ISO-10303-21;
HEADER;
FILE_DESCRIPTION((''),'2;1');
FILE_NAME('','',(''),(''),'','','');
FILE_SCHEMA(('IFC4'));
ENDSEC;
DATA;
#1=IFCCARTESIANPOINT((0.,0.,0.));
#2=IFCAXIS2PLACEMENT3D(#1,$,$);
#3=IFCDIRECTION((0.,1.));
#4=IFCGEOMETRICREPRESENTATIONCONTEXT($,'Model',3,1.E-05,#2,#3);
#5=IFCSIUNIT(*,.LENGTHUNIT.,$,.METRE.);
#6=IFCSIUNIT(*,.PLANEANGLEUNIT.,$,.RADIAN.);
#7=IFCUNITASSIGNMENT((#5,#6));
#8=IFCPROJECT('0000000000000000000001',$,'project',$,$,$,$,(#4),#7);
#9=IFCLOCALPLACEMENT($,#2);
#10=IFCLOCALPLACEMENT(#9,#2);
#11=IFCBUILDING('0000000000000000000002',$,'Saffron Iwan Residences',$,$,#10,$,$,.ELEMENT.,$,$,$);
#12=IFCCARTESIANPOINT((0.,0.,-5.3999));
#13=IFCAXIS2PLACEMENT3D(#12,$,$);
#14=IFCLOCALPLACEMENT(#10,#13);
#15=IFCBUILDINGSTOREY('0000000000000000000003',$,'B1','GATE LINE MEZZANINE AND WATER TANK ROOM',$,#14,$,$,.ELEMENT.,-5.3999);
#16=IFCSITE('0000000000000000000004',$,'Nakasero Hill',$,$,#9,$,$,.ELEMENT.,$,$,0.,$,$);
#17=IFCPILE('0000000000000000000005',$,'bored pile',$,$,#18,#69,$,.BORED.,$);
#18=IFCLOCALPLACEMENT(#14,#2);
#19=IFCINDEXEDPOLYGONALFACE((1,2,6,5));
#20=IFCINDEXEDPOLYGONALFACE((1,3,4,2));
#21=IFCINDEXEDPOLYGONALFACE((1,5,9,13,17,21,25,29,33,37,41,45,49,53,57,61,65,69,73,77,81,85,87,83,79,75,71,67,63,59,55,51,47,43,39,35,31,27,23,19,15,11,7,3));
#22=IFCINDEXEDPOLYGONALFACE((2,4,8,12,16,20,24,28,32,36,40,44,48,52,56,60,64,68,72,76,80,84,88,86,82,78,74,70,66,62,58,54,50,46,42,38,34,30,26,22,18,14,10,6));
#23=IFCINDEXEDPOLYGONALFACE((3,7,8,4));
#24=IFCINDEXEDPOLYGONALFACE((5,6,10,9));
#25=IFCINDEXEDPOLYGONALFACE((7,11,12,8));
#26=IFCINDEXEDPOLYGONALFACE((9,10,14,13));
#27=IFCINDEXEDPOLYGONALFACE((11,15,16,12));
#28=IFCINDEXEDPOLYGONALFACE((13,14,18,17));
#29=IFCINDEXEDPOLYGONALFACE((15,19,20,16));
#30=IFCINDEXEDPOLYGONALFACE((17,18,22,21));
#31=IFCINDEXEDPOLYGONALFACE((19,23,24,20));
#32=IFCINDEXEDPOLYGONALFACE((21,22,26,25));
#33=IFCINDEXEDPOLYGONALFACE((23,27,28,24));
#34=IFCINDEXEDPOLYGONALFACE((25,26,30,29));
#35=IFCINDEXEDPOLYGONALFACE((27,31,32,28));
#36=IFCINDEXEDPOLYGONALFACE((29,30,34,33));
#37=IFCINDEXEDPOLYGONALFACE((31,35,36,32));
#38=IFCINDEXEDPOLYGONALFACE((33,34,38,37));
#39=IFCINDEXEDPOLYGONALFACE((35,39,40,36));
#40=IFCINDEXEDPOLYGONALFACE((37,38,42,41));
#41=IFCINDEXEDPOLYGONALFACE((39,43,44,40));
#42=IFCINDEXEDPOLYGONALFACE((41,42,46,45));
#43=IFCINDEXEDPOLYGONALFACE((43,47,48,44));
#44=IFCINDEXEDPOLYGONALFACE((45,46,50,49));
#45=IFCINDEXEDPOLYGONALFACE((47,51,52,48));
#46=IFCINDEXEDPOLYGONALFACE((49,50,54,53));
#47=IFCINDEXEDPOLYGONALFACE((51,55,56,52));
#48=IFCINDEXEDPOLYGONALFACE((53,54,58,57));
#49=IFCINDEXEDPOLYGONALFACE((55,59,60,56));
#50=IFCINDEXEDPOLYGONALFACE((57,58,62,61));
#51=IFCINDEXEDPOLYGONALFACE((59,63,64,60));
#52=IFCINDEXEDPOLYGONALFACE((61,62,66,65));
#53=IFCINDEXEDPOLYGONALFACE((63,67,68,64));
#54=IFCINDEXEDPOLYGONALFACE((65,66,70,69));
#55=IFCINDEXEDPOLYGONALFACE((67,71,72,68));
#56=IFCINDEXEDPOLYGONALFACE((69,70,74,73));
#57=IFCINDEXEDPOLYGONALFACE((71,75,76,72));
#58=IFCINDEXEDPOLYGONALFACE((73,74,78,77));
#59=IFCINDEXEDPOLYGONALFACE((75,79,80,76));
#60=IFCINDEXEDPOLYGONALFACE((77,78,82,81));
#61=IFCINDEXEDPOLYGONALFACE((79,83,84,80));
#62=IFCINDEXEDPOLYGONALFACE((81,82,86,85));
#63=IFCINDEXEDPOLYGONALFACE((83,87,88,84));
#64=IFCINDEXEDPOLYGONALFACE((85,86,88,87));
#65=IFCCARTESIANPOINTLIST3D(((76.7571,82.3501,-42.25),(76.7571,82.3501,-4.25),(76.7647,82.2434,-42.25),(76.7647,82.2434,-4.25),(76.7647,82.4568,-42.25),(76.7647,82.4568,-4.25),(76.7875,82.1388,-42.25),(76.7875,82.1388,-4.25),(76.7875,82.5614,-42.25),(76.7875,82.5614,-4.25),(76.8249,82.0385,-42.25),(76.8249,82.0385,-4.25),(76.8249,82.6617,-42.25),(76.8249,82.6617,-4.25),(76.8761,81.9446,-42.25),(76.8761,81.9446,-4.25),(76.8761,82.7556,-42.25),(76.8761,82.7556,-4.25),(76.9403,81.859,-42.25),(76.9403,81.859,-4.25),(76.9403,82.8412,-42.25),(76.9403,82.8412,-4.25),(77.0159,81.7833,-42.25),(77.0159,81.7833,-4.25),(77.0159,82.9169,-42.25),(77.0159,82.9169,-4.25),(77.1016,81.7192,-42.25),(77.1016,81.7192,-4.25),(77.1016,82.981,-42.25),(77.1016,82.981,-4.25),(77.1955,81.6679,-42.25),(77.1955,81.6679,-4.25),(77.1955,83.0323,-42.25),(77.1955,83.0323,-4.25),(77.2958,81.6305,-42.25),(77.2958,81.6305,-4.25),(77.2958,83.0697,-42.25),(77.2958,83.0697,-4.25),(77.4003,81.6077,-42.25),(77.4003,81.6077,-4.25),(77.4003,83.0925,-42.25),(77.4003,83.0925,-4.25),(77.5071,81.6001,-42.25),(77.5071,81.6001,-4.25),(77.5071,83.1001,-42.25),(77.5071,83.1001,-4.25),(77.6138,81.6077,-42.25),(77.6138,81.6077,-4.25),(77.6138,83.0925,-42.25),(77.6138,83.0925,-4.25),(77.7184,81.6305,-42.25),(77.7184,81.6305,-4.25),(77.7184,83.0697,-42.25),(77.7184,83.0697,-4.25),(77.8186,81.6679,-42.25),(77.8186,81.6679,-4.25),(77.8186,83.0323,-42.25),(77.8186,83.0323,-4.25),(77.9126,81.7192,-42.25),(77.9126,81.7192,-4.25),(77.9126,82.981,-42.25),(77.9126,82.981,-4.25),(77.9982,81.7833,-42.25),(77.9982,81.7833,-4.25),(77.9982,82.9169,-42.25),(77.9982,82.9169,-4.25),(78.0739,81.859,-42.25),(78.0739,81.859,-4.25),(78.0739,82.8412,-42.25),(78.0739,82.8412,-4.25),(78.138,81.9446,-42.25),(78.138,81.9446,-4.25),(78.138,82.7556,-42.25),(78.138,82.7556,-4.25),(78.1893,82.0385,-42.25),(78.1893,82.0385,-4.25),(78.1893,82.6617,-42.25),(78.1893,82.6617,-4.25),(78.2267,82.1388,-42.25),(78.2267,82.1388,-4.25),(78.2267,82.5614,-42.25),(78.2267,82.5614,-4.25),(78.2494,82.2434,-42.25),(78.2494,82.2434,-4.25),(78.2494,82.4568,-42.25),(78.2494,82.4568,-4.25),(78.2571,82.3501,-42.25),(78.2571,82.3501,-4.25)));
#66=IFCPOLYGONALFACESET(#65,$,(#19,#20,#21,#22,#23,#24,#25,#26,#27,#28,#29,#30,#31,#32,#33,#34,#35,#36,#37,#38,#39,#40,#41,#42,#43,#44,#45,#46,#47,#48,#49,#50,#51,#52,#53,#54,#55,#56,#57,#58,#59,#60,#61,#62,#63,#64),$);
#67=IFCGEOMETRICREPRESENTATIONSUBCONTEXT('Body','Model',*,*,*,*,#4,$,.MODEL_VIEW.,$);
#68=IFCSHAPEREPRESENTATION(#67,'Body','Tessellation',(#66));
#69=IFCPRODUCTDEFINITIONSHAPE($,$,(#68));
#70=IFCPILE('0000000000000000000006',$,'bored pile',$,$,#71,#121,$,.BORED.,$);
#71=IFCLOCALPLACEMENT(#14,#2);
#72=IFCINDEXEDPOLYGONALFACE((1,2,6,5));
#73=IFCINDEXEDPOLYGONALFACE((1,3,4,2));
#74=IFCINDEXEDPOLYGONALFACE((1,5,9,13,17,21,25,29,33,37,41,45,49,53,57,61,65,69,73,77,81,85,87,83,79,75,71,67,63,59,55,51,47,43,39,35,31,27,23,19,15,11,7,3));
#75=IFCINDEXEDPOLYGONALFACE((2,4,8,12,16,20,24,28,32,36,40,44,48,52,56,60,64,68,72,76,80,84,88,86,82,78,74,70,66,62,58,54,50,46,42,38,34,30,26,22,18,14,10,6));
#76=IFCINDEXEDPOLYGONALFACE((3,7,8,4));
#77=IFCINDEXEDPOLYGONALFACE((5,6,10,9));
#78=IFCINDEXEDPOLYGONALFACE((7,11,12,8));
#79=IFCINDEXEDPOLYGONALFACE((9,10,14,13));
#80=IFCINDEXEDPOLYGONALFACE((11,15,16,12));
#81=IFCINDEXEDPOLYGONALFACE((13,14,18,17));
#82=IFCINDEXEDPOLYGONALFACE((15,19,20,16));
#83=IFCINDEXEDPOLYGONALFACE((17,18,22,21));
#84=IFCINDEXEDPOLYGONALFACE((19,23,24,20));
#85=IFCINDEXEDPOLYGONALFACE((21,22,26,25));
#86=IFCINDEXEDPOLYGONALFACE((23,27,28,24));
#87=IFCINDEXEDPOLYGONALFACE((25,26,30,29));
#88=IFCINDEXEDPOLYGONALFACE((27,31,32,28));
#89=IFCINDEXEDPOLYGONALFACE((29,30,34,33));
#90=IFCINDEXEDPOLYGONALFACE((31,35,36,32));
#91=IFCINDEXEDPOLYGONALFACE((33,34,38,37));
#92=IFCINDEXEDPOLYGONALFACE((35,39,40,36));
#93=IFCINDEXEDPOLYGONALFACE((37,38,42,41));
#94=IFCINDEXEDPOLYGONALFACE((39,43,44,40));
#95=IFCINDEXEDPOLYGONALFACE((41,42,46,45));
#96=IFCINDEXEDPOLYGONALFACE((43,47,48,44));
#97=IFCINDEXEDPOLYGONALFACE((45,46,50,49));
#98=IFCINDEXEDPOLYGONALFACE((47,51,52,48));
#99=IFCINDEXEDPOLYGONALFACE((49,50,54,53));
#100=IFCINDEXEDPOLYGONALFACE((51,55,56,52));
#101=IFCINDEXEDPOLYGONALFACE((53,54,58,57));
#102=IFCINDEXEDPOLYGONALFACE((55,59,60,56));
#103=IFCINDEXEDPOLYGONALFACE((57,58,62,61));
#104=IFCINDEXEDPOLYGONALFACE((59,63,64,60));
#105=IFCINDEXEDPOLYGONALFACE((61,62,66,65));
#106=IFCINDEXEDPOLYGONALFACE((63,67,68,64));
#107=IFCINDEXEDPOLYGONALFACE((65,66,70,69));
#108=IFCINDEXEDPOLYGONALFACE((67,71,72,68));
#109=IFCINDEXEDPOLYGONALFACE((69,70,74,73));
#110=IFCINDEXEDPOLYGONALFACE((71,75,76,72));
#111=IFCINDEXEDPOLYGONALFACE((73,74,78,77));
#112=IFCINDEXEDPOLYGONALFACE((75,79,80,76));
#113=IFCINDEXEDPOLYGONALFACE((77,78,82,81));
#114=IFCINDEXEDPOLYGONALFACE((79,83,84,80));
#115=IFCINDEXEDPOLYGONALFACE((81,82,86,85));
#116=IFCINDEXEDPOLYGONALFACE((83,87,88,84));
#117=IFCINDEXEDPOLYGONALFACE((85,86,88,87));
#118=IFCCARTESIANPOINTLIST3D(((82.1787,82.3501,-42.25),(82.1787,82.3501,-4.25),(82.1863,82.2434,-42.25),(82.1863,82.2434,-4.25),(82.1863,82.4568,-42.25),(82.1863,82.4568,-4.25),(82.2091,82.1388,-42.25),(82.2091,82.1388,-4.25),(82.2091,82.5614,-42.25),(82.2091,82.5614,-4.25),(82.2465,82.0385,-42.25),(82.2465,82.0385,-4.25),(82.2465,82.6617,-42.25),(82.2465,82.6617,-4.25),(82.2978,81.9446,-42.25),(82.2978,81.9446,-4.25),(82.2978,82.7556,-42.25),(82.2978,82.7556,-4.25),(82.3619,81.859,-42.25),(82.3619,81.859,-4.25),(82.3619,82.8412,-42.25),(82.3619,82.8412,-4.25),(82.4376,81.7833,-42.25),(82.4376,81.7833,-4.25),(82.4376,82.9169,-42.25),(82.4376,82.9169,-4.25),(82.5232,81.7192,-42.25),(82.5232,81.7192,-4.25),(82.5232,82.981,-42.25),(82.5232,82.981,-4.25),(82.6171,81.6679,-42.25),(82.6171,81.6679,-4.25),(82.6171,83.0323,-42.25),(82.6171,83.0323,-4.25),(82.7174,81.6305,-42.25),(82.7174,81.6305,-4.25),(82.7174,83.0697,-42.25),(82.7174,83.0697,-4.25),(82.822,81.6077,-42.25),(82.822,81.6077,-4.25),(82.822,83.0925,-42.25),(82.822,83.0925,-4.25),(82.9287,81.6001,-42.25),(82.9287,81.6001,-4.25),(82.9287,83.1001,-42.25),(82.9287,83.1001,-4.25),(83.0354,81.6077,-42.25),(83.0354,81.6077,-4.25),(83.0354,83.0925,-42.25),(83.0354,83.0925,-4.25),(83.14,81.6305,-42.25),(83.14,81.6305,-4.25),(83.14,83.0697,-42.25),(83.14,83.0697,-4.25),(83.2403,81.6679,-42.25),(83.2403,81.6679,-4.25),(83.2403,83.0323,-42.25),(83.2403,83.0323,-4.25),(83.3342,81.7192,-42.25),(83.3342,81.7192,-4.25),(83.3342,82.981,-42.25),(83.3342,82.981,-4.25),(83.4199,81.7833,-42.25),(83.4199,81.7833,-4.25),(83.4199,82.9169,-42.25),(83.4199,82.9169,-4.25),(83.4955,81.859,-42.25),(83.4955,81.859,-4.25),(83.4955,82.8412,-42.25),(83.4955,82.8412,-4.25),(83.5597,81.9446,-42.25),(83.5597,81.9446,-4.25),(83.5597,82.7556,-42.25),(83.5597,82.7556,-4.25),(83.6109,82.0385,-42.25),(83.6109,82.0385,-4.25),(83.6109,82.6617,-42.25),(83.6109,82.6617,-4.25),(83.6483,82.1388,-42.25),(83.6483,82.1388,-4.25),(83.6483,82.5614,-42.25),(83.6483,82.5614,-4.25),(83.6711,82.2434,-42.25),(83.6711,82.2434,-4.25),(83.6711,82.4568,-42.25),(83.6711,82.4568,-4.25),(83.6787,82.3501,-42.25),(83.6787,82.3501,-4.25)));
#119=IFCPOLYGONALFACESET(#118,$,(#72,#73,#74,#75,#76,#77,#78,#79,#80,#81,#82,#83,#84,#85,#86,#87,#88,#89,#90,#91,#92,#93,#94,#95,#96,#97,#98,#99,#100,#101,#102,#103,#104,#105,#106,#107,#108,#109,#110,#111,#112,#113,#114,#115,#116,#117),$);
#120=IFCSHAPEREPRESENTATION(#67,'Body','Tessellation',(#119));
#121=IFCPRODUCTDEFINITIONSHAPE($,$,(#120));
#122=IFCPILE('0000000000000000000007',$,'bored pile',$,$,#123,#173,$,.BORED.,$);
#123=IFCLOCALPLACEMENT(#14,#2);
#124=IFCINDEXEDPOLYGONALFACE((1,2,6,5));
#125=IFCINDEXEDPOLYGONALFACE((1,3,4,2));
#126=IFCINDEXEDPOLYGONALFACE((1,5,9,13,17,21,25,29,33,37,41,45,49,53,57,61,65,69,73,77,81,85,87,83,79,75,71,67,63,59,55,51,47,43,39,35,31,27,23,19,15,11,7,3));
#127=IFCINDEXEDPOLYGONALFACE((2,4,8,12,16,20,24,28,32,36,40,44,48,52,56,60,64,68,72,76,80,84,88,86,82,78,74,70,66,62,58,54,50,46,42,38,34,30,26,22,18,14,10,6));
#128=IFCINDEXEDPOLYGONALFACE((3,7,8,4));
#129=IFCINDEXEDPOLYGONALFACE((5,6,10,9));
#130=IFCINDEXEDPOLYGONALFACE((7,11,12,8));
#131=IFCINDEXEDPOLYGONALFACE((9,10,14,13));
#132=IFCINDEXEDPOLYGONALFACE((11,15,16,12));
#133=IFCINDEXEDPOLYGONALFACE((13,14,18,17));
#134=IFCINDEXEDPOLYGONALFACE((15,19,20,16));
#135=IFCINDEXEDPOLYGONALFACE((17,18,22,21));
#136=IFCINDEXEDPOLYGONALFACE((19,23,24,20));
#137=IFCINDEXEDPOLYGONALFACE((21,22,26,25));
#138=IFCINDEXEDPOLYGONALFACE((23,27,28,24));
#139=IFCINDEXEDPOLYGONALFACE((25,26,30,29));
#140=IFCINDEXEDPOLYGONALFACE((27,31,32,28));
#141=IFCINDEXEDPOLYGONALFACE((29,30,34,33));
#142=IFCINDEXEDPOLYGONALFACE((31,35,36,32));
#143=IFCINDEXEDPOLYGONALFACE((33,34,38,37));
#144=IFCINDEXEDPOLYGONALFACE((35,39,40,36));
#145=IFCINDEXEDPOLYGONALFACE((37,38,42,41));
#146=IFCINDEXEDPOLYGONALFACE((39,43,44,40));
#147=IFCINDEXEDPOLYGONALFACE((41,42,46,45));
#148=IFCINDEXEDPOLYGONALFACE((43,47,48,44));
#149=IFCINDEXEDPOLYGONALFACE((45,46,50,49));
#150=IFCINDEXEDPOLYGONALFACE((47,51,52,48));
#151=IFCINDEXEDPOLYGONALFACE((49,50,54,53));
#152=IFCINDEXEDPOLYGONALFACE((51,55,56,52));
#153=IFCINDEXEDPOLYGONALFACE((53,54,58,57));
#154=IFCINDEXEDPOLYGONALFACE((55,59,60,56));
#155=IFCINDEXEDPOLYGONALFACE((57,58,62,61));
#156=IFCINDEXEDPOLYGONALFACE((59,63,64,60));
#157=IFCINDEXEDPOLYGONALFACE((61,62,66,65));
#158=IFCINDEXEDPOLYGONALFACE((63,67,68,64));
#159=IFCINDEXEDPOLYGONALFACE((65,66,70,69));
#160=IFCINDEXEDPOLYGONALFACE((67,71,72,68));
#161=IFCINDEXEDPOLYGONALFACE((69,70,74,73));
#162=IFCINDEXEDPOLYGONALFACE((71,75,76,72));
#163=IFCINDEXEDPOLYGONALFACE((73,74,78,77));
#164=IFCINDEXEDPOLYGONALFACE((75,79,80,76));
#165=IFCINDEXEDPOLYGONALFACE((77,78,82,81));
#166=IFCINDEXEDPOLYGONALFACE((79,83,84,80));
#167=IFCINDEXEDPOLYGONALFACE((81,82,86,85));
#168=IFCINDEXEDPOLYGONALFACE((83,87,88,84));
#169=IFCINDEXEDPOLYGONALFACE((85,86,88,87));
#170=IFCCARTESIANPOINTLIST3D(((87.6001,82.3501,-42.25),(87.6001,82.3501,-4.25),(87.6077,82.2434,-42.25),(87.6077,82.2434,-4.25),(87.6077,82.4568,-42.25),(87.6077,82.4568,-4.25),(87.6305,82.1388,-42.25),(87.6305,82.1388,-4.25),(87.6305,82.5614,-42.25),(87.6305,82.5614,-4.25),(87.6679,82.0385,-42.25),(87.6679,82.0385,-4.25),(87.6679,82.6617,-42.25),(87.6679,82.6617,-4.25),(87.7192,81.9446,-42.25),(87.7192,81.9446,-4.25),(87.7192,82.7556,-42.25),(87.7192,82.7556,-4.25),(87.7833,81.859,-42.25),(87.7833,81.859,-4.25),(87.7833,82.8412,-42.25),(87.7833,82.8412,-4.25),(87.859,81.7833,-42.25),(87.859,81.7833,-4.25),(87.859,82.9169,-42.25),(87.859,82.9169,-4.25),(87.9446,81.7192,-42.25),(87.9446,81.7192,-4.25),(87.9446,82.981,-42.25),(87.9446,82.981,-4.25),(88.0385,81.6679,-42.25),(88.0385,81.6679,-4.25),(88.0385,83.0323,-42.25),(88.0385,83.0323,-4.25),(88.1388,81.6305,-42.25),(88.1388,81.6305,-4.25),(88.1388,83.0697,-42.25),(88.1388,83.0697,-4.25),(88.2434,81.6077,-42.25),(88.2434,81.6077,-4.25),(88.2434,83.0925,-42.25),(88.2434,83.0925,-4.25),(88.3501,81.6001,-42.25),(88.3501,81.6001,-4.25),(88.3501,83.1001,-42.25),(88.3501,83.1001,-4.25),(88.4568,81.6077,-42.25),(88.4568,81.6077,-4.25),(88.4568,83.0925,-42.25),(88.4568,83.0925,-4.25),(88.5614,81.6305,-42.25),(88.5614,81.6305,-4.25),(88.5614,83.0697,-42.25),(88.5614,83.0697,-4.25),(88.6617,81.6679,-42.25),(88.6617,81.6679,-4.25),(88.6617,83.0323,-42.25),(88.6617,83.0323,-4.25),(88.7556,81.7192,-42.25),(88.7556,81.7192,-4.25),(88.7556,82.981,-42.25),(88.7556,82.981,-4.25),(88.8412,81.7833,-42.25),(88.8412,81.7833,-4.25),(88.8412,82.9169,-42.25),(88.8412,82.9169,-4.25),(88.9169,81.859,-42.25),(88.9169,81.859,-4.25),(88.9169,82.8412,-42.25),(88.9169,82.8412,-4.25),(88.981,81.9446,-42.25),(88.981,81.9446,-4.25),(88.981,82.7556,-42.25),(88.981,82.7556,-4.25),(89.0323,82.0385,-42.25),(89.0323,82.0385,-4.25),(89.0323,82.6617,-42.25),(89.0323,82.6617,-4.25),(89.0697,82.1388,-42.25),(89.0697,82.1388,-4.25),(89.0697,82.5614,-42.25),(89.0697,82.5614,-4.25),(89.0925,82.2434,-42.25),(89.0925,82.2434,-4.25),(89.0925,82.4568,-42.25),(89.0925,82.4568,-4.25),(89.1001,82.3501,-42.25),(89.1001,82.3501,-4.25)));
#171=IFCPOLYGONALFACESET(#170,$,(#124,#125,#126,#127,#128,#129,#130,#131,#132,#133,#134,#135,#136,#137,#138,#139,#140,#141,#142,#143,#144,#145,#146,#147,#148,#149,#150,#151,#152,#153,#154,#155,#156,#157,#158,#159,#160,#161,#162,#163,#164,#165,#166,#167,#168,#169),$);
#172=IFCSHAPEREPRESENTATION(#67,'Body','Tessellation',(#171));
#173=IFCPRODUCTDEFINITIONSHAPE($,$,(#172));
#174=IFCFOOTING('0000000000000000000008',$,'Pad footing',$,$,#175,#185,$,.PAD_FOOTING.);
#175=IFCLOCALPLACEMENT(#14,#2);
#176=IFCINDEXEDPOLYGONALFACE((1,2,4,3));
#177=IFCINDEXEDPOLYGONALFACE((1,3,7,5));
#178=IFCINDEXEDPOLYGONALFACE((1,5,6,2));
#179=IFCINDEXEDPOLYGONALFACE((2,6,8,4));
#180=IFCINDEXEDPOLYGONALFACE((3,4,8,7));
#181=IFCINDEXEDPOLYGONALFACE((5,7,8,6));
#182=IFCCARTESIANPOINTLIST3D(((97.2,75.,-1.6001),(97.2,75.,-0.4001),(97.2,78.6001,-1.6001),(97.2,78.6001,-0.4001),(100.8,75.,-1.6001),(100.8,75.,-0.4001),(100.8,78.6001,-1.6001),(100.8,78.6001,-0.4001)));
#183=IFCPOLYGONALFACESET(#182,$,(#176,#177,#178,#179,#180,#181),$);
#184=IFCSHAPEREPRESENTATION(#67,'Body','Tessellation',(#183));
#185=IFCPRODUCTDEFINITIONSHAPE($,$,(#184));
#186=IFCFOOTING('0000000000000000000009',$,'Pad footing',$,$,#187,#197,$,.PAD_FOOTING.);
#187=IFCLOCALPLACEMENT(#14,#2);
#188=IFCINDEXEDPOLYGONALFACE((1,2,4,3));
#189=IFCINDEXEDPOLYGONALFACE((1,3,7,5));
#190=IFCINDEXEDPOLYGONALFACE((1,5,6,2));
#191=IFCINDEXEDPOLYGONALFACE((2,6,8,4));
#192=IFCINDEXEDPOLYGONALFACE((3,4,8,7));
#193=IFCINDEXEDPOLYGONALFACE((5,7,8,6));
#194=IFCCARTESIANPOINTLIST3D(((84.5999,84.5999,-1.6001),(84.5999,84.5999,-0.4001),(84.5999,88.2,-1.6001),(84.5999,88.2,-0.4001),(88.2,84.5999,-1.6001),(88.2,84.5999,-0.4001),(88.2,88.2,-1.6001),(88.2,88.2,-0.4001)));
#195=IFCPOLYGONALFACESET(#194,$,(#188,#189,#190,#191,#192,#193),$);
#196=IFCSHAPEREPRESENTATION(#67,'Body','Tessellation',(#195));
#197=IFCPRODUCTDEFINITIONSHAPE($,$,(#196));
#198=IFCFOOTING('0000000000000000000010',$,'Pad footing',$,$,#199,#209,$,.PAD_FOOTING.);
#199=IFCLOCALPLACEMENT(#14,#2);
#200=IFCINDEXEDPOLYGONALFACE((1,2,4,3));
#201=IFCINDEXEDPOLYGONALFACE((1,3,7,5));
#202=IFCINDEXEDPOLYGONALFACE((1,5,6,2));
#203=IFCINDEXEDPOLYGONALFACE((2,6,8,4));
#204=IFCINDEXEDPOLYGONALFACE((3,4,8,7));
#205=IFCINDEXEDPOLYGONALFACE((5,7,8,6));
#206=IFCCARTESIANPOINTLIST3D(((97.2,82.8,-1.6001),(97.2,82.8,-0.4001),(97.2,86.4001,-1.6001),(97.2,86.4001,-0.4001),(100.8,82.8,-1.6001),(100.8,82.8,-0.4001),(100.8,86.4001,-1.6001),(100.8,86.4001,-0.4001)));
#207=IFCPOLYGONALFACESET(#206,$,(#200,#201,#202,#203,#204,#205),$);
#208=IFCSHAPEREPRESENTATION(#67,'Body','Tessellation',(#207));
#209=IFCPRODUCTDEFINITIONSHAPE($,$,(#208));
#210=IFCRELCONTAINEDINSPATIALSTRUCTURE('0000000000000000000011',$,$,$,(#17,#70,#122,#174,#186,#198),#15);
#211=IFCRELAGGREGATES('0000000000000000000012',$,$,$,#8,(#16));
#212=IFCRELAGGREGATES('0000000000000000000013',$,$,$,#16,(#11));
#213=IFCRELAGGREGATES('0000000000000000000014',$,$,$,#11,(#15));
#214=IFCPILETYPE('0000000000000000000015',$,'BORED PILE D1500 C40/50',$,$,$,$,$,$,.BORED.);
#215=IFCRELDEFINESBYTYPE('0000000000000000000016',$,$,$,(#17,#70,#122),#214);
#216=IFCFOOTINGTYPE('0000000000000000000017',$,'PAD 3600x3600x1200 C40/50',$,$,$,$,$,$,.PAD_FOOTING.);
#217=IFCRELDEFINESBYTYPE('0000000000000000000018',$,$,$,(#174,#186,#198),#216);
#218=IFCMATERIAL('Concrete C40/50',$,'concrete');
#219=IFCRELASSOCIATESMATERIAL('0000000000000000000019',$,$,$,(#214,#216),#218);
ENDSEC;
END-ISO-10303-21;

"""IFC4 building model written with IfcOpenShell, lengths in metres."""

from ifc_helpers import new_model, si_unit, direction, frame, origin, origin_2d, place, context, subcontext, project, spatial, rectangle, circle, extrude, source, transform, mapped, material, material_profile, profile_set, type_object, element, save


model = new_model("IFC4")

# Units and contexts
model_context = context("Model", 3, precision=1e-05, world=origin(), true_north=direction((0.0, 1.0)))
body_context = subcontext(model_context, "Body", "Model", "MODEL_VIEW")
ifc_project = project(units=[si_unit("LENGTHUNIT", "METRE"), si_unit("PLANEANGLEUNIT", "RADIAN")], contexts=[model_context])

# Site, building, storey
site_placement = place(None, origin())
site = spatial("IfcSite", under=ifc_project, at=site_placement, Name="Nakasero Hill", CompositionType="ELEMENT", RefElevation=0.0)
building_placement = place(site_placement, origin())
building = spatial("IfcBuilding", under=site, at=building_placement, Name="Saffron Iwan Residences", CompositionType="ELEMENT")
storey_placement = place(building_placement, frame((0.0, 0.0, -5.3999)))
storey = spatial("IfcBuildingStorey", under=building, at=storey_placement, Name="B1", Description="GATE LINE MEZZANINE AND WATER TANK ROOM", CompositionType="ELEMENT", Elevation=-5.3999)

# Piles
ifc_material_1 = material(Name="Concrete C40/50", Category="concrete")
ifc_material_profile_1 = material_profile(ifc_material_1, circle(Radius=0.75, at=origin_2d()), Name="RC D1500")
ifc_profile_set_1 = profile_set([ifc_material_profile_1], Name="Concrete C40/50")
pile_type = type_object("IfcPileType", Name="BORED PILE D1500 C40/50", PredefinedType="BORED", material=ifc_profile_set_1)
for number, where, z_axis, x_axis, name in (
    (1, (77.5071, 82.3501, -4.25), (0.0, 0.0, -1.0), (1.0, 0.0, 0.0), "bored pile"),
    (2, (82.9287, 82.3501, -4.25), (0.0, 0.0, -1.0), (1.0, 0.0, 0.0), "bored pile"),
    (3, (88.3501, 82.3501, -4.25), (0.0, 0.0, -1.0), (1.0, 0.0, 0.0), "bored pile"),
):
    element("IfcPile", number, at=place(storey_placement, frame(where, z_axis=z_axis, x_axis=x_axis)), inside=storey, type_object=pile_type, Name=name, PredefinedType="BORED", context=body_context, shape_type="SweptSolid", body=[
        extrude(circle(Radius=0.75, at=origin_2d()), origin(), (0.0, 0.0, 1.0), 38.0),
    ])

# Footings
footing_type = type_object("IfcFootingType", Name="PAD 3600x3600x1200 C40/50", PredefinedType="PAD_FOOTING", material=ifc_material_1)
shared_shape_1 = source(origin(), body_context, "Body", "SweptSolid", [
    extrude(rectangle(XDim=3.6001, YDim=3.6001, at=origin_2d()), origin(), (0.0, 0.0, 1.0), 1.2),
])
for number, where, z_axis, x_axis, name in (
    (4, (99.0, 76.8, -1.6001), (0.0, 0.0, 1.0), (1.0, 0.0, 0.0), "Pad footing"),
    (5, (86.3999, 86.3999, -1.6001), (0.0, 0.0, 1.0), (1.0, 0.0, 0.0), "Pad footing"),
    (6, (99.0, 84.6001, -1.6001), (0.0, 0.0, 1.0), (1.0, 0.0, 0.0), "Pad footing"),
):
    element("IfcFooting", number, at=place(storey_placement, frame(where, z_axis=z_axis, x_axis=x_axis)), inside=storey, type_object=footing_type, Name=name, PredefinedType="PAD_FOOTING", context=body_context, shape_type="MappedRepresentation", body=[
        mapped(shared_shape_1, transform((0.0, 0.0, 0.0))),
    ])

save(model, "model.ifc")
